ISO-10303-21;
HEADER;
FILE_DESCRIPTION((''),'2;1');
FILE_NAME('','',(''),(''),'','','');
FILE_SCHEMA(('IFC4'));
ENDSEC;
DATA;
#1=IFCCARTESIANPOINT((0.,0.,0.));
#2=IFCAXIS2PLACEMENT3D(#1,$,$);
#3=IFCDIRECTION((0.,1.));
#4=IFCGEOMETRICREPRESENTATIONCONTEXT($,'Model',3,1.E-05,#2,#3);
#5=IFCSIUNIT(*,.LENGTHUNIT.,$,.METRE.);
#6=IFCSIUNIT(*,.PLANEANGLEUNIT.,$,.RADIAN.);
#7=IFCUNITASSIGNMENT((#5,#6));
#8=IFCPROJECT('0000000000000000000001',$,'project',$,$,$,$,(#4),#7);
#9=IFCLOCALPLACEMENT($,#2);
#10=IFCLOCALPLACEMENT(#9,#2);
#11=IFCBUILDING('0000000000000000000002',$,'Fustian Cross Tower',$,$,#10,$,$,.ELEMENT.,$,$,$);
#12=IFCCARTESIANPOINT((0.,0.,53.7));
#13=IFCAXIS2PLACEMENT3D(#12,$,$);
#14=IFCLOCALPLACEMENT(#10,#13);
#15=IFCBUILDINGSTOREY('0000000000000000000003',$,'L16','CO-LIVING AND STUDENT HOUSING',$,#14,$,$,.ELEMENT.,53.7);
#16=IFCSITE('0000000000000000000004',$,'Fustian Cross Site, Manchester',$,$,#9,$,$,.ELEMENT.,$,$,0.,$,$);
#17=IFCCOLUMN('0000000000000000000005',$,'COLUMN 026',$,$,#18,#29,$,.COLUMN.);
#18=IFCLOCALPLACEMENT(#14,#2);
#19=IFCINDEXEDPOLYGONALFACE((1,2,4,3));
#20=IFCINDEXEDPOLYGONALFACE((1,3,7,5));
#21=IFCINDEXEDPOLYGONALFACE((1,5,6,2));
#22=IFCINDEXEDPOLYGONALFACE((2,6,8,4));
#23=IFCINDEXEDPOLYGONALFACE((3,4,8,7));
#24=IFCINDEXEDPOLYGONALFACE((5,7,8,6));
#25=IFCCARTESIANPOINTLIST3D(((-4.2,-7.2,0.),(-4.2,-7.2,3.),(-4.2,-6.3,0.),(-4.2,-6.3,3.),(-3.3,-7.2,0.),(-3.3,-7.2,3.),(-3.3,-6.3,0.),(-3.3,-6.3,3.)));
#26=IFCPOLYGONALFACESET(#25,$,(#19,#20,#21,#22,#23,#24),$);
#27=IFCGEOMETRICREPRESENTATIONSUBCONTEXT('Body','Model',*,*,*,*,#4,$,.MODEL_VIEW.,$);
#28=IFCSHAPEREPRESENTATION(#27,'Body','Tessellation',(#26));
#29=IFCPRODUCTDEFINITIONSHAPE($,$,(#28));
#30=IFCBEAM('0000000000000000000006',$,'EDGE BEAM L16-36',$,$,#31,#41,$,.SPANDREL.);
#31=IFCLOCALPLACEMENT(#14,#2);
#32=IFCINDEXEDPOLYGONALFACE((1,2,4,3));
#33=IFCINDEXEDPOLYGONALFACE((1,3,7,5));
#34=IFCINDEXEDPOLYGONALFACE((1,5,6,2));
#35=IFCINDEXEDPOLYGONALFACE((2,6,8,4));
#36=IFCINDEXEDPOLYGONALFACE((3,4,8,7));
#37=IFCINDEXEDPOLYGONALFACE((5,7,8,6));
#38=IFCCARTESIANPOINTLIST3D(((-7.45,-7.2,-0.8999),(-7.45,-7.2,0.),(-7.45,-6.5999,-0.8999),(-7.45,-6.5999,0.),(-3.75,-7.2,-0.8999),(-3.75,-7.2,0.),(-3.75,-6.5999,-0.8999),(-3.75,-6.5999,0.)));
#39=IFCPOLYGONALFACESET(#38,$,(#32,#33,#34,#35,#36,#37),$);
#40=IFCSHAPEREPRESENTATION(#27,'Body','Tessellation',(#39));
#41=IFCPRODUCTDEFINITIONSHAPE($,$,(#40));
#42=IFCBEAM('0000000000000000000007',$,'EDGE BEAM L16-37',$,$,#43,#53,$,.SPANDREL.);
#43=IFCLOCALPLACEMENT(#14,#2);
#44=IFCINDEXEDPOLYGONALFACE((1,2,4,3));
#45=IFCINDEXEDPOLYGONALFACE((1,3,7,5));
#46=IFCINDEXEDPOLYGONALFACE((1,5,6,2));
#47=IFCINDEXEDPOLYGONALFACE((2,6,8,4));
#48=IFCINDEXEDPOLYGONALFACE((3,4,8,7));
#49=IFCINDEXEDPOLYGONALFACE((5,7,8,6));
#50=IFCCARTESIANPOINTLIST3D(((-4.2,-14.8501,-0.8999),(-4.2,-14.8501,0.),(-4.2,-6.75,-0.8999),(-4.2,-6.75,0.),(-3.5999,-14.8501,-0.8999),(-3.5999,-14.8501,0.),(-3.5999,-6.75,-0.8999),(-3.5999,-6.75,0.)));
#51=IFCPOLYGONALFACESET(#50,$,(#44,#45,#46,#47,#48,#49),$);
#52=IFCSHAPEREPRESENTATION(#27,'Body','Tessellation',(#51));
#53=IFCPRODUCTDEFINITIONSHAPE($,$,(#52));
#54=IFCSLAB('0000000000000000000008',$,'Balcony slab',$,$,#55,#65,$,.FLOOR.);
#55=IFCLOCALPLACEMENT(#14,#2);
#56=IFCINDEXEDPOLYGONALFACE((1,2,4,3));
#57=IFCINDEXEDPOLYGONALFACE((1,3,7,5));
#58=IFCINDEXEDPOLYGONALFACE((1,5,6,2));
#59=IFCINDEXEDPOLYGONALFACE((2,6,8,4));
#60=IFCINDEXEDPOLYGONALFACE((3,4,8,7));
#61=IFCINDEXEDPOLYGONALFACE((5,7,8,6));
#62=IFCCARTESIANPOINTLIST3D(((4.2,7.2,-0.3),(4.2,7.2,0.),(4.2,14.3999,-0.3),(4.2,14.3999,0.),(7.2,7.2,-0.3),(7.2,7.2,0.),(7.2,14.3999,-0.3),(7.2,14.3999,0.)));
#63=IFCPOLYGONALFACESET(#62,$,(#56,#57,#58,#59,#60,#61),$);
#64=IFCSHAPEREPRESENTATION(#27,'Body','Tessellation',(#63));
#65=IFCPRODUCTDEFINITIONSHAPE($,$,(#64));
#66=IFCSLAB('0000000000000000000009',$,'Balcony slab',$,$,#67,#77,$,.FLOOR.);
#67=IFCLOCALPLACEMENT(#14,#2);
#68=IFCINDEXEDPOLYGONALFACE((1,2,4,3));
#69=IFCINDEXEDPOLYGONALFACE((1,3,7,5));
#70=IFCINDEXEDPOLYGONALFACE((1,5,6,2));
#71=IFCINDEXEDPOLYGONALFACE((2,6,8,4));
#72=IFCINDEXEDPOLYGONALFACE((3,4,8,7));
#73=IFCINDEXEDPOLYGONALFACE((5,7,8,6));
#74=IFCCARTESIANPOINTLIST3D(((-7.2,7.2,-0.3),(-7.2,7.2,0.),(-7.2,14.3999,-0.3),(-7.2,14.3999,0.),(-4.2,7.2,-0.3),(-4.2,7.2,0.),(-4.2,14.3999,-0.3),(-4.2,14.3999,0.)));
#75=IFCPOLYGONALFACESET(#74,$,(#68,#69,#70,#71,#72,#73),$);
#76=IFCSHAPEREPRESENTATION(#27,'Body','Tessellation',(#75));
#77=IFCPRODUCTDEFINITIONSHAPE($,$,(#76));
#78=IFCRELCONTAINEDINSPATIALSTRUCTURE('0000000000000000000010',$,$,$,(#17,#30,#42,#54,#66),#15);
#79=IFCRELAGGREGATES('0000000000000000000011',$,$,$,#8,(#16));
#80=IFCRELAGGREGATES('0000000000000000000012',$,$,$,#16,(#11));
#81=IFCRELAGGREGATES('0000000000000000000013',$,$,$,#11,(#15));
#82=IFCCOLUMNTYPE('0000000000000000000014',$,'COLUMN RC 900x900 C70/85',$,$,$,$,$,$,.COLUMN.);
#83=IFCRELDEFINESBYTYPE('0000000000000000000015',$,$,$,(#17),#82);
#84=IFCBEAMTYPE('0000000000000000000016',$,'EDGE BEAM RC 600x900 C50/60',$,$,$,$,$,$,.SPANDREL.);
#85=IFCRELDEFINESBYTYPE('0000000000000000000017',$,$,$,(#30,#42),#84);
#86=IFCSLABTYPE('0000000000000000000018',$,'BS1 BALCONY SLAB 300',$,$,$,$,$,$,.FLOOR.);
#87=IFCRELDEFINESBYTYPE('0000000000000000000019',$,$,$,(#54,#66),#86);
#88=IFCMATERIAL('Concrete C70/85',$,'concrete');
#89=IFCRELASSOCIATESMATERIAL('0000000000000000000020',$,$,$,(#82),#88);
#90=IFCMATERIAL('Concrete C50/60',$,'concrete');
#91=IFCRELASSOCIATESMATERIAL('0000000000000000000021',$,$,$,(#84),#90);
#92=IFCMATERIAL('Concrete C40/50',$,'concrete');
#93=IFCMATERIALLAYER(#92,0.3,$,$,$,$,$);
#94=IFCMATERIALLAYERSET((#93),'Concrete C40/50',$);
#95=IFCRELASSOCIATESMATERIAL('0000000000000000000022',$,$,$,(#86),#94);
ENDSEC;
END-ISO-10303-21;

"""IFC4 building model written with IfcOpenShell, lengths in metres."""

from ifc_helpers import new_model, si_unit, direction, frame, origin, origin_2d, place, context, subcontext, project, spatial, polyline, rectangle, outline, extrude, material, layer, layer_set, material_profile, profile_set, type_object, element, save


model = new_model("IFC4")

# Units and contexts
model_context = context("Model", 3, precision=1e-05, world=origin(), true_north=direction((0.0, 1.0)))
body_context = subcontext(model_context, "Body", "Model", "MODEL_VIEW")
ifc_project = project(units=[si_unit("LENGTHUNIT", "METRE"), si_unit("PLANEANGLEUNIT", "RADIAN")], contexts=[model_context])

# Site, building, storey
site_placement = place(None, origin())
site = spatial("IfcSite", under=ifc_project, at=site_placement, Name="Fustian Cross Site, Manchester", CompositionType="ELEMENT", RefElevation=0.0)
building_placement = place(site_placement, origin())
building = spatial("IfcBuilding", under=site, at=building_placement, Name="Fustian Cross Tower", CompositionType="ELEMENT")
storey_placement = place(building_placement, frame((0.0, 0.0, 53.7)))
storey = spatial("IfcBuildingStorey", under=building, at=storey_placement, Name="L16", Description="CO-LIVING AND STUDENT HOUSING", CompositionType="ELEMENT", Elevation=53.7)

# Column
ifc_material_1 = material(Name="Concrete C70/85", Category="concrete")
ifc_material_profile_1 = material_profile(ifc_material_1, rectangle(XDim=0.8999, YDim=0.8999, at=origin_2d()), Name="RC 900x900")
ifc_profile_set_1 = profile_set([ifc_material_profile_1], Name="Concrete C70/85")
column_type = type_object("IfcColumnType", Name="COLUMN RC 900x900 C70/85", PredefinedType="COLUMN", material=ifc_profile_set_1)
column_placement = place(storey_placement, frame((-3.75, -6.75, 0.0), z_axis=(0.0, 0.0, 1.0), x_axis=(1.0, 0.0, 0.0)))
element("IfcColumn", 1, at=column_placement, inside=storey, type_object=column_type, Name="COLUMN 026", PredefinedType="COLUMN", context=body_context, shape_type="SweptSolid", body=[
    extrude(rectangle(XDim=0.8999, YDim=0.8999, at=origin_2d()), origin(), (0.0, 0.0, 1.0), 3.0),
])

# Beams
ifc_material_2 = material(Name="Concrete C50/60", Category="concrete")
ifc_material_profile_2 = material_profile(ifc_material_2, rectangle(XDim=0.6001, YDim=0.8999, at=origin_2d()), Name="RC 600x900")
ifc_profile_set_2 = profile_set([ifc_material_profile_2], Name="Concrete C50/60")
beam_type = type_object("IfcBeamType", Name="EDGE BEAM RC 600x900 C50/60", PredefinedType="SPANDREL", material=ifc_profile_set_2)
beam_1_placement = place(storey_placement, frame((-7.45, -6.8999, -0.45), z_axis=(1.0, 0.0, 0.0), x_axis=(0.0, 1.0, 0.0)))
element("IfcBeam", 2, at=beam_1_placement, inside=storey, type_object=beam_type, Name="EDGE BEAM L16-36", PredefinedType="SPANDREL", context=body_context, shape_type="SweptSolid", body=[
    extrude(rectangle(XDim=0.6001, YDim=0.8999, at=origin_2d()), origin(), (0.0, 0.0, 1.0), 3.7),
])
beam_2_placement = place(storey_placement, frame((-3.8999, -6.75, -0.45), z_axis=(0.0, -1.0, 0.0), x_axis=(1.0, 0.0, 0.0)))
element("IfcBeam", 3, at=beam_2_placement, inside=storey, type_object=beam_type, Name="EDGE BEAM L16-37", PredefinedType="SPANDREL", context=body_context, shape_type="SweptSolid", body=[
    extrude(rectangle(XDim=0.6001, YDim=0.8999, at=origin_2d()), origin(), (0.0, 0.0, 1.0), 8.1001),
])

# Slabs
ifc_material_3 = material(Name="Concrete C40/50", Category="concrete")
ifc_layer_1 = layer(ifc_material_3, 0.3)
ifc_layer_set_1 = layer_set([ifc_layer_1], Name="Concrete C40/50")
slab_type_1 = type_object("IfcSlabType", Name="BS1 BALCONY SLAB 300", PredefinedType="FLOOR", material=ifc_layer_set_1)
slab_1_placement = place(storey_placement, frame((0.0, 0.0, -0.3)))
element("IfcSlab", 4, at=slab_1_placement, inside=storey, type_object=slab_type_1, Name="Balcony slab", PredefinedType="FLOOR", context=body_context, shape_type="SweptSolid", body=[
    extrude(outline(polyline([(4.2, 7.2), (7.2, 7.2), (7.2, 14.3999), (4.2, 14.3999), (4.2, 7.2)])), origin(), (0.0, 0.0, 1.0), 0.3),
])
slab_2_placement = place(storey_placement, frame((0.0, 0.0, -0.3)))
element("IfcSlab", 5, at=slab_2_placement, inside=storey, type_object=slab_type_1, Name="Balcony slab", PredefinedType="FLOOR", context=body_context, shape_type="SweptSolid", body=[
    extrude(outline(polyline([(-7.2, 7.2), (-4.2, 7.2), (-4.2, 14.3999), (-7.2, 14.3999), (-7.2, 7.2)])), origin(), (0.0, 0.0, 1.0), 0.3),
])

save(model, "model.ifc")
